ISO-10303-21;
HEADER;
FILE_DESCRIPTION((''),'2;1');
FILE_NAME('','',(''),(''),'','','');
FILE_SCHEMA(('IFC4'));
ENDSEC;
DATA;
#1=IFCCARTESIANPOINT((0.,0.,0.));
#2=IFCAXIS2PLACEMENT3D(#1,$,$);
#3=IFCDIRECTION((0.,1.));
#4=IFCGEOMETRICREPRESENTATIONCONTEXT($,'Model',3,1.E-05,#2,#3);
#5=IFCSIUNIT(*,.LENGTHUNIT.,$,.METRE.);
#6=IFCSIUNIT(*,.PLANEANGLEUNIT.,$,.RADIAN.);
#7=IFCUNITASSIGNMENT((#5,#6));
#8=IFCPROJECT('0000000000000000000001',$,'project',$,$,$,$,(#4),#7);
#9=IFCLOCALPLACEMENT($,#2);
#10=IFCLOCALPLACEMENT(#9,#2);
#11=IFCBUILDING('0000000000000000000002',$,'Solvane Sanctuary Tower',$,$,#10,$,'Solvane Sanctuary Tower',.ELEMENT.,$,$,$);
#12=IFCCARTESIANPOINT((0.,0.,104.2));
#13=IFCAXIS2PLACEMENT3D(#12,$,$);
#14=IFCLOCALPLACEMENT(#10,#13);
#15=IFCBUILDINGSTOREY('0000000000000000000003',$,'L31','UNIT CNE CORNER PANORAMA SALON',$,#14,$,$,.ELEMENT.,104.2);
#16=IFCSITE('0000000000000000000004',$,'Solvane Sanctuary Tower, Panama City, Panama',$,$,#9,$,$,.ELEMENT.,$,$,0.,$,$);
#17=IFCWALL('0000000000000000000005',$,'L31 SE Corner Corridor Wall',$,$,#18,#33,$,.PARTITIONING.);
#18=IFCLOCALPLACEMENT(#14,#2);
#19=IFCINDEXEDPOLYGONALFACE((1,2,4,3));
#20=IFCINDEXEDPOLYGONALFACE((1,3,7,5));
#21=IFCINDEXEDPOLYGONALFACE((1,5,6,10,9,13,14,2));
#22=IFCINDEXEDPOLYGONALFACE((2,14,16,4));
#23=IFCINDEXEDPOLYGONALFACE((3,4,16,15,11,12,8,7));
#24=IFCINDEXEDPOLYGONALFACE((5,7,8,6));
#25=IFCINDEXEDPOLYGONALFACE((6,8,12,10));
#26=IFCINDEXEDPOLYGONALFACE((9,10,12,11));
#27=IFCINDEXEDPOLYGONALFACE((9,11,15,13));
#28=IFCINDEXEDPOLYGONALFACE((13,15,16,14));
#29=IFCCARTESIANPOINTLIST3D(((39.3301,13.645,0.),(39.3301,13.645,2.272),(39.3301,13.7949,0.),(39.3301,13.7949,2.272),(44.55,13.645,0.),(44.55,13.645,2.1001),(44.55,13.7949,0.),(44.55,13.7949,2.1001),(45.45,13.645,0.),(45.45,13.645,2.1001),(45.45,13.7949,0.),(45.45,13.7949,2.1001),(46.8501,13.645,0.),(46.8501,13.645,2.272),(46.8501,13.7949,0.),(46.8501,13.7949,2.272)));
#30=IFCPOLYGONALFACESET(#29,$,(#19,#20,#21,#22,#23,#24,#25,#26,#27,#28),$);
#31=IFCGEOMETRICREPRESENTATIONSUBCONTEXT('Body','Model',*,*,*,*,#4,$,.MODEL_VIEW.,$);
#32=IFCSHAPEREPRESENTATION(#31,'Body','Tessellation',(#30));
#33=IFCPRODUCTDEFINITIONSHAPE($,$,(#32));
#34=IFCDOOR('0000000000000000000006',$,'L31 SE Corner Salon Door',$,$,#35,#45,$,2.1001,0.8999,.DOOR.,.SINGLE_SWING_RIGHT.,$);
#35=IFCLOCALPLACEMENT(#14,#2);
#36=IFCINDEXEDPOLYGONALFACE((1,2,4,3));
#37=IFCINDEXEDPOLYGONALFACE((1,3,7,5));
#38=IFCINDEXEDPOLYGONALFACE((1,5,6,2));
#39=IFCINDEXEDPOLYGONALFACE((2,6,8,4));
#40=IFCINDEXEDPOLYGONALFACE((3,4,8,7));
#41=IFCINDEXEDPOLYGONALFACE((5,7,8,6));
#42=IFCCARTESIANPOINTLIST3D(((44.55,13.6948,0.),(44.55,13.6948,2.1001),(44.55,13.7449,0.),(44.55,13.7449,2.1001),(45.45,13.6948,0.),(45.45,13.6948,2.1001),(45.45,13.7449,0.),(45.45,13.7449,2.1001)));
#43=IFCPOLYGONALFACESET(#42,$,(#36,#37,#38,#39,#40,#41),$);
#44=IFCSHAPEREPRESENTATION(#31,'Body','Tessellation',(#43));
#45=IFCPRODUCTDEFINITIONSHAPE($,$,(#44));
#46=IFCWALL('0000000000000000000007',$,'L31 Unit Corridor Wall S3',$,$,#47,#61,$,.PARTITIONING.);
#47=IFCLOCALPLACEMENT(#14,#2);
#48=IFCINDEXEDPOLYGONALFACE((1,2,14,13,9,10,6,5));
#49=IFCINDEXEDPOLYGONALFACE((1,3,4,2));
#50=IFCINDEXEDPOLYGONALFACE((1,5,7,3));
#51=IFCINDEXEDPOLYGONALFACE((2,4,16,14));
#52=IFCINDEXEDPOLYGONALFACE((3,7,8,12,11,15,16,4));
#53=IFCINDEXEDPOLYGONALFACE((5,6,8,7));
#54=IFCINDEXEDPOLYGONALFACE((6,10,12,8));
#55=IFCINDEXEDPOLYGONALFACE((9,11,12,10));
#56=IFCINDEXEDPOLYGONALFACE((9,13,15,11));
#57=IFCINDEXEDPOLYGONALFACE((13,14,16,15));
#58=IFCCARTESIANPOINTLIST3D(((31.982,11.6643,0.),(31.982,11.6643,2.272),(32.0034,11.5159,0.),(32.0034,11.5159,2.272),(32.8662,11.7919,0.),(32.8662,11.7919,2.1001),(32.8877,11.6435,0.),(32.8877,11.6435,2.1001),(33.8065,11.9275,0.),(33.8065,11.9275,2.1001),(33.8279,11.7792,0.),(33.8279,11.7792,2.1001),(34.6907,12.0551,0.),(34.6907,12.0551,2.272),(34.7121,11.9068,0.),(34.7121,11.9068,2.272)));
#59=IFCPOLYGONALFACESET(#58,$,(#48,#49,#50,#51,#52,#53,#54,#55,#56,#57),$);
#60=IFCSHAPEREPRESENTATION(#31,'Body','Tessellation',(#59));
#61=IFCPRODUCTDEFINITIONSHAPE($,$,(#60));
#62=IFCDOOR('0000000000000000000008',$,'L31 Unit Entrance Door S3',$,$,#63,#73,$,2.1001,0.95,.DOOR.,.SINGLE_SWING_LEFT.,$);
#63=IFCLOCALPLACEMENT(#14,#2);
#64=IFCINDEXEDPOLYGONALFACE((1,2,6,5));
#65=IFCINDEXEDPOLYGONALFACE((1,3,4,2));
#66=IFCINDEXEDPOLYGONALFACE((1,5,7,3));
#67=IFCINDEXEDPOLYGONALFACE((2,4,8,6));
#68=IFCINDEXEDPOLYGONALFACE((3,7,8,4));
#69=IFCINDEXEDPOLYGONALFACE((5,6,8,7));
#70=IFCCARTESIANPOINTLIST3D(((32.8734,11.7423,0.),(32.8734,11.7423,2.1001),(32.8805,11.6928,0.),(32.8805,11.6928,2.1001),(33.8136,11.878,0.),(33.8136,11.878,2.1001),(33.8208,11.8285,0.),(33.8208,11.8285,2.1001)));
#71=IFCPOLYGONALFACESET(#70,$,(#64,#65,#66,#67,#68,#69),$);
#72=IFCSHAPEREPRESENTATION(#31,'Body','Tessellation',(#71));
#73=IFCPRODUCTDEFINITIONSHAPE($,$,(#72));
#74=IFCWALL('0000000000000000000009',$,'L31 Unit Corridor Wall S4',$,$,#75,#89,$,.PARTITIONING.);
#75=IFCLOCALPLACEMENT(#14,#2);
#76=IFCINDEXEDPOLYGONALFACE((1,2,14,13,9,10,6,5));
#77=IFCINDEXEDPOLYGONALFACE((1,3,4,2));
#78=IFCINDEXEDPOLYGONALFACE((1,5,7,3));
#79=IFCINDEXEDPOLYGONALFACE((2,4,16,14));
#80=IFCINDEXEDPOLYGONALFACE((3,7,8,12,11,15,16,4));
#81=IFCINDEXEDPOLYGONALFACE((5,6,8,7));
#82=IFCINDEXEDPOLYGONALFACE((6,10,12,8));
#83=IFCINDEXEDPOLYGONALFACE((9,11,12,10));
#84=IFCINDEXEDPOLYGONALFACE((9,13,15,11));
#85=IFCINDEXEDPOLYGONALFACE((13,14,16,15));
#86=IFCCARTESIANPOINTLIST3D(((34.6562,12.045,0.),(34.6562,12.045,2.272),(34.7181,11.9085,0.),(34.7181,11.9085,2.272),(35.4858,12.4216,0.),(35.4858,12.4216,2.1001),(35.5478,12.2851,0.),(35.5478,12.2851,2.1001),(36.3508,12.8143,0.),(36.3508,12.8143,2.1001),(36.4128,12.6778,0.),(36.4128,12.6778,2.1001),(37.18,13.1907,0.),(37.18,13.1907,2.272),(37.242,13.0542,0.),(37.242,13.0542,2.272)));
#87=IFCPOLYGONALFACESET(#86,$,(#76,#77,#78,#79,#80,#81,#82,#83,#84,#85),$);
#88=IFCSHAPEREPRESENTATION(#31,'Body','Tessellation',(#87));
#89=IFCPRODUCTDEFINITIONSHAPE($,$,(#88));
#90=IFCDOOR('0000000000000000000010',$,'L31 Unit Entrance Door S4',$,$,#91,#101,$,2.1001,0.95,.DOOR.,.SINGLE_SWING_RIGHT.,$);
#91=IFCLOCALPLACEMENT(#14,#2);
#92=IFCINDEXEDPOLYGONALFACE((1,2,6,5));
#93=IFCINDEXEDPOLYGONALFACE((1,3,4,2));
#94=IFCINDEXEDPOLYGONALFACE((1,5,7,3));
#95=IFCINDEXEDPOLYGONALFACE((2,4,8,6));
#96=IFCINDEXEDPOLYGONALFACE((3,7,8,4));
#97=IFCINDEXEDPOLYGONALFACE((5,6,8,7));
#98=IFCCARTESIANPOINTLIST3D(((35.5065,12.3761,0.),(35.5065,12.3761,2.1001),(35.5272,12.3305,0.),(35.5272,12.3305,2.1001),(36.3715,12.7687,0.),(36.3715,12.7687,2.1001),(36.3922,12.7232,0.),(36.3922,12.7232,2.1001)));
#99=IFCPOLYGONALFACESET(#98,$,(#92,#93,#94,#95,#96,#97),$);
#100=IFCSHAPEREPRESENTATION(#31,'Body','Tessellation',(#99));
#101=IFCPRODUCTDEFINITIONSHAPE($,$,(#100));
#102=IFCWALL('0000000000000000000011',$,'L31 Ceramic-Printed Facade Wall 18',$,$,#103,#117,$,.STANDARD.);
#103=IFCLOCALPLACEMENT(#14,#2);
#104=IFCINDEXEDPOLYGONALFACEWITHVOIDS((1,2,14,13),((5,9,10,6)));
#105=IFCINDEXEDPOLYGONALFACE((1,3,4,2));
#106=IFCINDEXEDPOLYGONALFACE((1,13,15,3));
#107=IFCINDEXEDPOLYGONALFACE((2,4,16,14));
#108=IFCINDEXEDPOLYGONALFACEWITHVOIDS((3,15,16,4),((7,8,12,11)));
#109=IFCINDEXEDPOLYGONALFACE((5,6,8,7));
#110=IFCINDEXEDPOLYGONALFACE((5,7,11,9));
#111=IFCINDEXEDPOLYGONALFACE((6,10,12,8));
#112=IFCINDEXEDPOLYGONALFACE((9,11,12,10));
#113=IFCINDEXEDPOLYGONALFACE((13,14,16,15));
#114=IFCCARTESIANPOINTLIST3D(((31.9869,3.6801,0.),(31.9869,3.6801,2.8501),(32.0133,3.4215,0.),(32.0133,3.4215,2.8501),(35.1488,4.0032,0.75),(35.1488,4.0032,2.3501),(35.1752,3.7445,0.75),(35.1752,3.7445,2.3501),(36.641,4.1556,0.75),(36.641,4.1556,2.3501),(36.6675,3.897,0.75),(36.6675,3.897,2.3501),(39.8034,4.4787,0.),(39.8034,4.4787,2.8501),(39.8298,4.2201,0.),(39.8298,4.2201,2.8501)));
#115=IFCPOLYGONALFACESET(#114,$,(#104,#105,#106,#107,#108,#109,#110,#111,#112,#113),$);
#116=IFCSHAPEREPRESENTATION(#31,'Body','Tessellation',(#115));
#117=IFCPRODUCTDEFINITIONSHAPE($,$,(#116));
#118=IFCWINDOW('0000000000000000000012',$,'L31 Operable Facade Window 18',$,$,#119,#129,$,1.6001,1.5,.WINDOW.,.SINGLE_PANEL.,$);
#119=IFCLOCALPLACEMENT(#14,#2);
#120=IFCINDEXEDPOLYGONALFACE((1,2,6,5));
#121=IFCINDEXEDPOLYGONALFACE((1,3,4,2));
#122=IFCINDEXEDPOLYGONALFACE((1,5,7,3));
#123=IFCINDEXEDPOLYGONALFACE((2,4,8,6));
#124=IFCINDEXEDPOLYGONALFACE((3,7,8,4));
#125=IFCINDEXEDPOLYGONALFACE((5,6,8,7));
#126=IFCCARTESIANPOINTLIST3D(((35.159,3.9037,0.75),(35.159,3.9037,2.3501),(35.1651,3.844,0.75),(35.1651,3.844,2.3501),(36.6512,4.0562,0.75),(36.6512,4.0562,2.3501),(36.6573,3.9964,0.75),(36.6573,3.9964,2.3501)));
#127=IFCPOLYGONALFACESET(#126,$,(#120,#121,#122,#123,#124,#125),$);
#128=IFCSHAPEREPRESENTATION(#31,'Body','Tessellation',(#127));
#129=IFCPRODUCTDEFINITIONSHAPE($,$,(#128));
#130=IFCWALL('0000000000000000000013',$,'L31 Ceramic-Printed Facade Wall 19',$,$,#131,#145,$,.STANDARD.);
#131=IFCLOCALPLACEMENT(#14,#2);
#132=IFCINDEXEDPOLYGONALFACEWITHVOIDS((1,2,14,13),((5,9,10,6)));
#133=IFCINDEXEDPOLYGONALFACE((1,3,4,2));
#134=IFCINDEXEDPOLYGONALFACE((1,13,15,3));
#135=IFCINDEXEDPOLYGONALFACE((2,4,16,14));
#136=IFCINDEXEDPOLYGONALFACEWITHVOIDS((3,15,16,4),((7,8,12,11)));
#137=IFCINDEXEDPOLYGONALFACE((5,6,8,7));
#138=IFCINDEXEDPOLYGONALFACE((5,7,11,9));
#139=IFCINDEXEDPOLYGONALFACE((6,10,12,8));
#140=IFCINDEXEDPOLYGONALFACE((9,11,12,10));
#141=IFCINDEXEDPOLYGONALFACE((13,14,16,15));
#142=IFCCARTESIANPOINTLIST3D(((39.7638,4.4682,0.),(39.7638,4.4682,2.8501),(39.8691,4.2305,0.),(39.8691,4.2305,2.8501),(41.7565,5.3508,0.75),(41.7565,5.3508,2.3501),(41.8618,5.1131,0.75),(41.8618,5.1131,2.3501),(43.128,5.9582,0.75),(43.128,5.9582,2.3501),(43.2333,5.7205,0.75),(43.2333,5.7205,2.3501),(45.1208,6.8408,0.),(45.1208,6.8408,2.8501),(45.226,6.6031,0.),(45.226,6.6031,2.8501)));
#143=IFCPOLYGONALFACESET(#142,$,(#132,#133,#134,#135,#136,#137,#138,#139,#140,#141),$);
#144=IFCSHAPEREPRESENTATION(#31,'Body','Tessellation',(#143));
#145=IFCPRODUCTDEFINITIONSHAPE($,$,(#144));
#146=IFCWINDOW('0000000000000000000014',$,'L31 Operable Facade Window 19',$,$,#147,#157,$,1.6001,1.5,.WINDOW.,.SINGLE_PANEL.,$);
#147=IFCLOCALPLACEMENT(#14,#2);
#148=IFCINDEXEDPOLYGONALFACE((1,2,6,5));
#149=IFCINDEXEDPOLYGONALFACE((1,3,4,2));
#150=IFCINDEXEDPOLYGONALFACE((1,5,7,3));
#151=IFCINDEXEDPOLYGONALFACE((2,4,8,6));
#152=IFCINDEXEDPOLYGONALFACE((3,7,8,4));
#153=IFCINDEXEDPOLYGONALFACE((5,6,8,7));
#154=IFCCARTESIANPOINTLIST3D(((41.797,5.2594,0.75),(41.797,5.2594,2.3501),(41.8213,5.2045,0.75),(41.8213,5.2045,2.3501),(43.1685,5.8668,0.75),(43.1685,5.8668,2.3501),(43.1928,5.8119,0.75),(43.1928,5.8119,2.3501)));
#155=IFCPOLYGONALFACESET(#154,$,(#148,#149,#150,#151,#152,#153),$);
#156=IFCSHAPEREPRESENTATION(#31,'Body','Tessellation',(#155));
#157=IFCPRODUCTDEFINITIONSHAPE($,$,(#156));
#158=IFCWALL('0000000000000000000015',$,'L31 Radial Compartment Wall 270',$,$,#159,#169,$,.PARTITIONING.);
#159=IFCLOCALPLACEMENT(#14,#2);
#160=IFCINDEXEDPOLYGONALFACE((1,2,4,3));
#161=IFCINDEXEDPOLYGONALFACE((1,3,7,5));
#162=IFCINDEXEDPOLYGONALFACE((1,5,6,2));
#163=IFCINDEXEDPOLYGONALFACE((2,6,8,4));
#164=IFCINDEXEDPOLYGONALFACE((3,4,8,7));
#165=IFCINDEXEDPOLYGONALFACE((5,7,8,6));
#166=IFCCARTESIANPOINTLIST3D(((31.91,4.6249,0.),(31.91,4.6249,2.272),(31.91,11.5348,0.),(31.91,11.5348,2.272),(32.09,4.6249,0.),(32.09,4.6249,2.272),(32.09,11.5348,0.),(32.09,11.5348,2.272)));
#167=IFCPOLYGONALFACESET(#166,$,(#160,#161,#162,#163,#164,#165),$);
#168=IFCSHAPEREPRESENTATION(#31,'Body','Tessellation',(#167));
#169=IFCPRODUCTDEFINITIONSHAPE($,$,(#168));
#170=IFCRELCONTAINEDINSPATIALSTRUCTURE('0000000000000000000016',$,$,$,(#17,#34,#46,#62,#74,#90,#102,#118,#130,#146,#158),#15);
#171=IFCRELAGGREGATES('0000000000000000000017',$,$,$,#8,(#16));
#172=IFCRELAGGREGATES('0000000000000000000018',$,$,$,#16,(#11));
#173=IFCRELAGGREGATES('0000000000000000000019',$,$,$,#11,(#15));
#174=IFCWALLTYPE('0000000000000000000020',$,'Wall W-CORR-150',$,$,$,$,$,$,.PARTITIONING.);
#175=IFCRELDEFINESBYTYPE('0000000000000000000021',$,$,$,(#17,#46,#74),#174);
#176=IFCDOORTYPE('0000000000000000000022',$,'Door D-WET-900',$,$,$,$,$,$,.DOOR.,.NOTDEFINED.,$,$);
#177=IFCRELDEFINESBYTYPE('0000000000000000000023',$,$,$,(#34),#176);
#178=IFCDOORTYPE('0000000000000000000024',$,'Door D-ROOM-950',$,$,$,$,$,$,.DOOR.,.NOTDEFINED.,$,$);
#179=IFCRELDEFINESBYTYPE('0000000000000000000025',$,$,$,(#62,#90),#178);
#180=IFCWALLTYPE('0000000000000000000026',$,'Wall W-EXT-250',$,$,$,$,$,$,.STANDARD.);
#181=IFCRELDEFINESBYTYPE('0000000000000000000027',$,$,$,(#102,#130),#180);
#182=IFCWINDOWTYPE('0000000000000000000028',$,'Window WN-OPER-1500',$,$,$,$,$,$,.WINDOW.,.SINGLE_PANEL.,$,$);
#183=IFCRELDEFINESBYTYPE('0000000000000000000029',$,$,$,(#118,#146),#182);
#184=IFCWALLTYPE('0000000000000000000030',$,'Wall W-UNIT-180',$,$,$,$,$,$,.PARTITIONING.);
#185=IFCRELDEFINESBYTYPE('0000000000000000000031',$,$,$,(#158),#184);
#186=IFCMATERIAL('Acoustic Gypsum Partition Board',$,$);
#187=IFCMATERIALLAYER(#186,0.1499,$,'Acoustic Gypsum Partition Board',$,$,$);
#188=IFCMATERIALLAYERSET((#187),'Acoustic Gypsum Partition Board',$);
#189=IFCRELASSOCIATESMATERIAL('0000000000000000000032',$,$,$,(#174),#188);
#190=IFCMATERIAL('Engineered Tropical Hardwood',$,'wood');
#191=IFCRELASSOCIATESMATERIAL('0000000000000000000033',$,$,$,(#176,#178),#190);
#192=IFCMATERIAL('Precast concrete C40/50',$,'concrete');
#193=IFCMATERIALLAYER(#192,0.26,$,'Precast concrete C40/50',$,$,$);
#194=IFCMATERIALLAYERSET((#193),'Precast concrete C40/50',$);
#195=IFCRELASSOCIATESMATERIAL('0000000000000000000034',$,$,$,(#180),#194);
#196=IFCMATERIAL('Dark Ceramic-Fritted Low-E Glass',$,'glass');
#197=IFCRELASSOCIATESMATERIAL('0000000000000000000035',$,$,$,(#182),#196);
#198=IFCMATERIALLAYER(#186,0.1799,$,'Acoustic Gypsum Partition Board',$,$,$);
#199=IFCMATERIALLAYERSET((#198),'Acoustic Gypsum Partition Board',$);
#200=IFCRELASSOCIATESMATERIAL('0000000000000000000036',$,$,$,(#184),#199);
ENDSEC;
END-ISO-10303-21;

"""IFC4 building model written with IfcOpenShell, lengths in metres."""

from ifc_helpers import new_model, si_unit, direction, frame, frame_2d, origin, place, context, subcontext, project, spatial, rectangle, extrude, material, layer, layer_set, type_object, element, fill, save


model = new_model("IFC4")

# Units and contexts
model_context = context("Model", 3, precision=1e-05, world=origin(), true_north=direction((0.0, 1.0)))
body_context = subcontext(model_context, "Body", "Model", "MODEL_VIEW")
ifc_project = project(units=[si_unit("LENGTHUNIT", "METRE"), si_unit("PLANEANGLEUNIT", "RADIAN")], contexts=[model_context])

# Site, building, storey
site_placement = place(None, origin())
site = spatial("IfcSite", under=ifc_project, at=site_placement, Name="Solvane Sanctuary Tower, Panama City, Panama", CompositionType="ELEMENT", RefElevation=0.0)
building_placement = place(site_placement, origin())
building = spatial("IfcBuilding", under=site, at=building_placement, Name="Solvane Sanctuary Tower", LongName="Solvane Sanctuary Tower", CompositionType="ELEMENT")
storey_placement = place(building_placement, frame((0.0, 0.0, 104.2)))
storey = spatial("IfcBuildingStorey", under=building, at=storey_placement, Name="L31", Description="UNIT CNE CORNER PANORAMA SALON", CompositionType="ELEMENT", Elevation=104.2)

# Shared definitions
ifc_material_1 = material(Name="Acoustic Gypsum Partition Board")
ifc_layer_1 = layer(ifc_material_1, 0.1499, Name="Acoustic Gypsum Partition Board")
ifc_layer_set_1 = layer_set([ifc_layer_1], Name="Acoustic Gypsum Partition Board")
wall_type_1 = type_object("IfcWallType", Name="Wall W-CORR-150", PredefinedType="PARTITIONING", material=ifc_layer_set_1)

# Walls, openings, doors
wall_1_placement = place(storey_placement, frame((39.3301, 13.72, 0.0), z_axis=(0.0, 0.0, 1.0), x_axis=(1.0, 0.0, 0.0)))
wall_1 = element("IfcWall", 1, at=wall_1_placement, inside=storey, type_object=wall_type_1, Name="L31 SE Corner Corridor Wall", PredefinedType="PARTITIONING", context=body_context, shape_type="SweptSolid", body=[
    extrude(rectangle(XDim=7.52, YDim=0.1499, at=frame_2d((3.76, 0.0))), origin(), (0.0, 0.0, 1.0), 2.272),
])
opening_1_placement = place(wall_1_placement, frame((5.22, 0.0, 0.0)))
opening_1 = element("IfcOpeningElement", 2, at=opening_1_placement, cuts=wall_1, PredefinedType="OPENING", context=body_context, shape_type="SweptSolid", body=[
    extrude(rectangle(XDim=0.8999, YDim=2.1001, at=frame_2d((0.45, 1.05))), frame((0.0, 0.085, 0.0), z_axis=(0.0, -1.0, 0.0), x_axis=(1.0, 0.0, 0.0)), (0.0, 0.0, 1.0), 0.1699),
])
ifc_material_2 = material(Name="Engineered Tropical Hardwood", Category="wood")
door_type_1 = type_object("IfcDoorType", Name="Door D-WET-900", OperationType="NOTDEFINED", PredefinedType="DOOR", material=ifc_material_2)
door_1_placement = place(opening_1_placement, origin())
door_1 = element("IfcDoor", 3, at=door_1_placement, inside=storey, type_object=door_type_1, Name="L31 SE Corner Salon Door", OperationType="SINGLE_SWING_RIGHT", OverallHeight=2.1001, OverallWidth=0.8999, PredefinedType="DOOR", context=body_context, shape_type="SweptSolid", body=[
    extrude(rectangle(XDim=0.8999, YDim=2.1001, at=frame_2d((0.45, 1.05))), frame((0.0, 0.0249, 0.0), z_axis=(0.0, -1.0, 0.0), x_axis=(1.0, 0.0, 0.0)), (0.0, 0.0, 1.0), 0.05),
])
fill(opening_1, door_1)
wall_2_placement = place(storey_placement, frame((31.9927, 11.5901, 0.0), z_axis=(0.0, 0.0, 1.0), x_axis=(0.989749, 0.14282, 0.0)))
wall_2 = element("IfcWall", 4, at=wall_2_placement, inside=storey, type_object=wall_type_1, Name="L31 Unit Corridor Wall S3", PredefinedType="PARTITIONING", context=body_context, shape_type="SweptSolid", body=[
    extrude(rectangle(XDim=2.7368, YDim=0.1499, at=frame_2d((1.3684, 0.0))), origin(), (0.0, 0.0, 1.0), 2.272),
])
opening_2_placement = place(wall_2_placement, frame((0.8933, 0.0, 0.0)))
opening_2 = element("IfcOpeningElement", 5, at=opening_2_placement, cuts=wall_2, PredefinedType="OPENING", context=body_context, shape_type="SweptSolid", body=[
    extrude(rectangle(XDim=0.95, YDim=2.1001, at=frame_2d((0.4751, 1.05))), frame((0.0, 0.085, 0.0), z_axis=(0.0, -1.0, 0.0), x_axis=(1.0, 0.0, 0.0)), (0.0, 0.0, 1.0), 0.1699),
])
door_type_2 = type_object("IfcDoorType", Name="Door D-ROOM-950", OperationType="NOTDEFINED", PredefinedType="DOOR", material=ifc_material_2)
door_2_placement = place(opening_2_placement, origin())
door_2 = element("IfcDoor", 6, at=door_2_placement, inside=storey, type_object=door_type_2, Name="L31 Unit Entrance Door S3", OperationType="SINGLE_SWING_LEFT", OverallHeight=2.1001, OverallWidth=0.95, PredefinedType="DOOR", context=body_context, shape_type="SweptSolid", body=[
    extrude(rectangle(XDim=0.95, YDim=2.1001, at=frame_2d((0.4751, 1.05))), frame((0.0, 0.0249, 0.0), z_axis=(0.0, -1.0, 0.0), x_axis=(1.0, 0.0, 0.0)), (0.0, 0.0, 1.0), 0.05),
])
fill(opening_2, door_2)
wall_3_placement = place(storey_placement, frame((34.6873, 11.9768, 0.0), z_axis=(0.0, 0.0, 1.0), x_axis=(0.910568, 0.413358, 0.0)))
wall_3 = element("IfcWall", 7, at=wall_3_placement, inside=storey, type_object=wall_type_1, Name="L31 Unit Corridor Wall S4", PredefinedType="PARTITIONING", context=body_context, shape_type="SweptSolid", body=[
    extrude(rectangle(XDim=2.7717, YDim=0.1499, at=frame_2d((1.3857, 0.0))), origin(), (0.0, 0.0, 1.0), 2.272),
])
opening_3_placement = place(wall_3_placement, frame((0.9109, 0.0, 0.0)))
opening_3 = element("IfcOpeningElement", 8, at=opening_3_placement, cuts=wall_3, PredefinedType="OPENING", context=body_context, shape_type="SweptSolid", body=[
    extrude(rectangle(XDim=0.95, YDim=2.1001, at=frame_2d((0.4751, 1.05))), frame((0.0, 0.085, 0.0), z_axis=(0.0, -1.0, 0.0), x_axis=(1.0, 0.0, 0.0)), (0.0, 0.0, 1.0), 0.1699),
])
door_3_placement = place(opening_3_placement, origin())
door_3 = element("IfcDoor", 9, at=door_3_placement, inside=storey, type_object=door_type_2, Name="L31 Unit Entrance Door S4", OperationType="SINGLE_SWING_RIGHT", OverallHeight=2.1001, OverallWidth=0.95, PredefinedType="DOOR", context=body_context, shape_type="SweptSolid", body=[
    extrude(rectangle(XDim=0.95, YDim=2.1001, at=frame_2d((0.4751, 1.05))), frame((0.0, 0.0249, 0.0), z_axis=(0.0, -1.0, 0.0), x_axis=(1.0, 0.0, 0.0)), (0.0, 0.0, 1.0), 0.05),
])
fill(opening_3, door_3)

# Walls, openings, windows
ifc_material_3 = material(Name="Precast concrete C40/50", Category="concrete")
ifc_layer_2 = layer(ifc_material_3, 0.26, Name="Precast concrete C40/50")
ifc_layer_set_2 = layer_set([ifc_layer_2], Name="Precast concrete C40/50")
wall_type_2 = type_object("IfcWallType", Name="Wall W-EXT-250", PredefinedType="STANDARD", material=ifc_layer_set_2)
wall_4_placement = place(storey_placement, frame((32.0, 3.5508, 0.0), z_axis=(0.0, 0.0, 1.0), x_axis=(0.994821, 0.101639, 0.0)))
wall_4 = element("IfcWall", 10, at=wall_4_placement, inside=storey, type_object=wall_type_2, Name="L31 Ceramic-Printed Facade Wall 18", PredefinedType="STANDARD", context=body_context, shape_type="SweptSolid", body=[
    extrude(rectangle(XDim=7.8572, YDim=0.26, at=frame_2d((3.9287, 0.0))), origin(), (0.0, 0.0, 1.0), 2.8501),
])
opening_4_placement = place(wall_4_placement, frame((3.1785, 0.0, 0.75)))
opening_4 = element("IfcOpeningElement", 11, at=opening_4_placement, cuts=wall_4, PredefinedType="OPENING", context=body_context, shape_type="SweptSolid", body=[
    extrude(rectangle(XDim=1.5, YDim=1.6001, at=frame_2d((0.75, 0.8))), frame((0.0, 0.1399, 0.0), z_axis=(0.0, -1.0, 0.0), x_axis=(1.0, 0.0, 0.0)), (0.0, 0.0, 1.0), 0.28),
])
ifc_material_4 = material(Name="Dark Ceramic-Fritted Low-E Glass", Category="glass")
window_type = type_object("IfcWindowType", Name="Window WN-OPER-1500", PartitioningType="SINGLE_PANEL", PredefinedType="WINDOW", material=ifc_material_4)
window_1_placement = place(opening_4_placement, origin())
window_1 = element("IfcWindow", 12, at=window_1_placement, inside=storey, type_object=window_type, Name="L31 Operable Facade Window 18", OverallHeight=1.6001, OverallWidth=1.5, PartitioningType="SINGLE_PANEL", PredefinedType="WINDOW", context=body_context, shape_type="SweptSolid", body=[
    extrude(rectangle(XDim=1.5, YDim=1.6001, at=frame_2d((0.75, 0.8))), frame((0.0, 0.03, 0.0), z_axis=(0.0, -1.0, 0.0), x_axis=(1.0, 0.0, 0.0)), (0.0, 0.0, 1.0), 0.0601),
])
fill(opening_4, window_1)
wall_5_placement = place(storey_placement, frame((39.8164, 4.3494, 0.0), z_axis=(0.0, 0.0, 1.0), x_axis=(0.914337, 0.404955, 0.0)))
wall_5 = element("IfcWall", 13, at=wall_5_placement, inside=storey, type_object=wall_type_2, Name="L31 Ceramic-Printed Facade Wall 19", PredefinedType="STANDARD", context=body_context, shape_type="SweptSolid", body=[
    extrude(rectangle(XDim=5.8589, YDim=0.26, at=frame_2d((2.9294, 0.0))), origin(), (0.0, 0.0, 1.0), 2.8501),
])
opening_5_placement = place(wall_5_placement, frame((2.1794, 0.0, 0.75)))
opening_5 = element("IfcOpeningElement", 14, at=opening_5_placement, cuts=wall_5, PredefinedType="OPENING", context=body_context, shape_type="SweptSolid", body=[
    extrude(rectangle(XDim=1.5, YDim=1.6001, at=frame_2d((0.75, 0.8))), frame((0.0, 0.1399, 0.0), z_axis=(0.0, -1.0, 0.0), x_axis=(1.0, 0.0, 0.0)), (0.0, 0.0, 1.0), 0.28),
])
window_2_placement = place(opening_5_placement, origin())
window_2 = element("IfcWindow", 15, at=window_2_placement, inside=storey, type_object=window_type, Name="L31 Operable Facade Window 19", OverallHeight=1.6001, OverallWidth=1.5, PartitioningType="SINGLE_PANEL", PredefinedType="WINDOW", context=body_context, shape_type="SweptSolid", body=[
    extrude(rectangle(XDim=1.5, YDim=1.6001, at=frame_2d((0.75, 0.8))), frame((0.0, 0.03, 0.0), z_axis=(0.0, -1.0, 0.0), x_axis=(1.0, 0.0, 0.0)), (0.0, 0.0, 1.0), 0.0601),
])
fill(opening_5, window_2)

# Wall
ifc_layer_3 = layer(ifc_material_1, 0.1799, Name="Acoustic Gypsum Partition Board")
ifc_layer_set_3 = layer_set([ifc_layer_3], Name="Acoustic Gypsum Partition Board")
wall_type_3 = type_object("IfcWallType", Name="Wall W-UNIT-180", PredefinedType="PARTITIONING", material=ifc_layer_set_3)
wall_6_placement = place(storey_placement, frame((32.0, 11.5349, 0.0), z_axis=(0.0, 0.0, 1.0), x_axis=(0.0, -1.0, 0.0)))
element("IfcWall", 16, at=wall_6_placement, inside=storey, type_object=wall_type_3, Name="L31 Radial Compartment Wall 270", PredefinedType="PARTITIONING", context=body_context, shape_type="SweptSolid", body=[
    extrude(rectangle(XDim=6.9099, YDim=0.1799, at=frame_2d((3.4551, 0.0))), origin(), (0.0, 0.0, 1.0), 2.272),
])

save(model, "model.ifc")
